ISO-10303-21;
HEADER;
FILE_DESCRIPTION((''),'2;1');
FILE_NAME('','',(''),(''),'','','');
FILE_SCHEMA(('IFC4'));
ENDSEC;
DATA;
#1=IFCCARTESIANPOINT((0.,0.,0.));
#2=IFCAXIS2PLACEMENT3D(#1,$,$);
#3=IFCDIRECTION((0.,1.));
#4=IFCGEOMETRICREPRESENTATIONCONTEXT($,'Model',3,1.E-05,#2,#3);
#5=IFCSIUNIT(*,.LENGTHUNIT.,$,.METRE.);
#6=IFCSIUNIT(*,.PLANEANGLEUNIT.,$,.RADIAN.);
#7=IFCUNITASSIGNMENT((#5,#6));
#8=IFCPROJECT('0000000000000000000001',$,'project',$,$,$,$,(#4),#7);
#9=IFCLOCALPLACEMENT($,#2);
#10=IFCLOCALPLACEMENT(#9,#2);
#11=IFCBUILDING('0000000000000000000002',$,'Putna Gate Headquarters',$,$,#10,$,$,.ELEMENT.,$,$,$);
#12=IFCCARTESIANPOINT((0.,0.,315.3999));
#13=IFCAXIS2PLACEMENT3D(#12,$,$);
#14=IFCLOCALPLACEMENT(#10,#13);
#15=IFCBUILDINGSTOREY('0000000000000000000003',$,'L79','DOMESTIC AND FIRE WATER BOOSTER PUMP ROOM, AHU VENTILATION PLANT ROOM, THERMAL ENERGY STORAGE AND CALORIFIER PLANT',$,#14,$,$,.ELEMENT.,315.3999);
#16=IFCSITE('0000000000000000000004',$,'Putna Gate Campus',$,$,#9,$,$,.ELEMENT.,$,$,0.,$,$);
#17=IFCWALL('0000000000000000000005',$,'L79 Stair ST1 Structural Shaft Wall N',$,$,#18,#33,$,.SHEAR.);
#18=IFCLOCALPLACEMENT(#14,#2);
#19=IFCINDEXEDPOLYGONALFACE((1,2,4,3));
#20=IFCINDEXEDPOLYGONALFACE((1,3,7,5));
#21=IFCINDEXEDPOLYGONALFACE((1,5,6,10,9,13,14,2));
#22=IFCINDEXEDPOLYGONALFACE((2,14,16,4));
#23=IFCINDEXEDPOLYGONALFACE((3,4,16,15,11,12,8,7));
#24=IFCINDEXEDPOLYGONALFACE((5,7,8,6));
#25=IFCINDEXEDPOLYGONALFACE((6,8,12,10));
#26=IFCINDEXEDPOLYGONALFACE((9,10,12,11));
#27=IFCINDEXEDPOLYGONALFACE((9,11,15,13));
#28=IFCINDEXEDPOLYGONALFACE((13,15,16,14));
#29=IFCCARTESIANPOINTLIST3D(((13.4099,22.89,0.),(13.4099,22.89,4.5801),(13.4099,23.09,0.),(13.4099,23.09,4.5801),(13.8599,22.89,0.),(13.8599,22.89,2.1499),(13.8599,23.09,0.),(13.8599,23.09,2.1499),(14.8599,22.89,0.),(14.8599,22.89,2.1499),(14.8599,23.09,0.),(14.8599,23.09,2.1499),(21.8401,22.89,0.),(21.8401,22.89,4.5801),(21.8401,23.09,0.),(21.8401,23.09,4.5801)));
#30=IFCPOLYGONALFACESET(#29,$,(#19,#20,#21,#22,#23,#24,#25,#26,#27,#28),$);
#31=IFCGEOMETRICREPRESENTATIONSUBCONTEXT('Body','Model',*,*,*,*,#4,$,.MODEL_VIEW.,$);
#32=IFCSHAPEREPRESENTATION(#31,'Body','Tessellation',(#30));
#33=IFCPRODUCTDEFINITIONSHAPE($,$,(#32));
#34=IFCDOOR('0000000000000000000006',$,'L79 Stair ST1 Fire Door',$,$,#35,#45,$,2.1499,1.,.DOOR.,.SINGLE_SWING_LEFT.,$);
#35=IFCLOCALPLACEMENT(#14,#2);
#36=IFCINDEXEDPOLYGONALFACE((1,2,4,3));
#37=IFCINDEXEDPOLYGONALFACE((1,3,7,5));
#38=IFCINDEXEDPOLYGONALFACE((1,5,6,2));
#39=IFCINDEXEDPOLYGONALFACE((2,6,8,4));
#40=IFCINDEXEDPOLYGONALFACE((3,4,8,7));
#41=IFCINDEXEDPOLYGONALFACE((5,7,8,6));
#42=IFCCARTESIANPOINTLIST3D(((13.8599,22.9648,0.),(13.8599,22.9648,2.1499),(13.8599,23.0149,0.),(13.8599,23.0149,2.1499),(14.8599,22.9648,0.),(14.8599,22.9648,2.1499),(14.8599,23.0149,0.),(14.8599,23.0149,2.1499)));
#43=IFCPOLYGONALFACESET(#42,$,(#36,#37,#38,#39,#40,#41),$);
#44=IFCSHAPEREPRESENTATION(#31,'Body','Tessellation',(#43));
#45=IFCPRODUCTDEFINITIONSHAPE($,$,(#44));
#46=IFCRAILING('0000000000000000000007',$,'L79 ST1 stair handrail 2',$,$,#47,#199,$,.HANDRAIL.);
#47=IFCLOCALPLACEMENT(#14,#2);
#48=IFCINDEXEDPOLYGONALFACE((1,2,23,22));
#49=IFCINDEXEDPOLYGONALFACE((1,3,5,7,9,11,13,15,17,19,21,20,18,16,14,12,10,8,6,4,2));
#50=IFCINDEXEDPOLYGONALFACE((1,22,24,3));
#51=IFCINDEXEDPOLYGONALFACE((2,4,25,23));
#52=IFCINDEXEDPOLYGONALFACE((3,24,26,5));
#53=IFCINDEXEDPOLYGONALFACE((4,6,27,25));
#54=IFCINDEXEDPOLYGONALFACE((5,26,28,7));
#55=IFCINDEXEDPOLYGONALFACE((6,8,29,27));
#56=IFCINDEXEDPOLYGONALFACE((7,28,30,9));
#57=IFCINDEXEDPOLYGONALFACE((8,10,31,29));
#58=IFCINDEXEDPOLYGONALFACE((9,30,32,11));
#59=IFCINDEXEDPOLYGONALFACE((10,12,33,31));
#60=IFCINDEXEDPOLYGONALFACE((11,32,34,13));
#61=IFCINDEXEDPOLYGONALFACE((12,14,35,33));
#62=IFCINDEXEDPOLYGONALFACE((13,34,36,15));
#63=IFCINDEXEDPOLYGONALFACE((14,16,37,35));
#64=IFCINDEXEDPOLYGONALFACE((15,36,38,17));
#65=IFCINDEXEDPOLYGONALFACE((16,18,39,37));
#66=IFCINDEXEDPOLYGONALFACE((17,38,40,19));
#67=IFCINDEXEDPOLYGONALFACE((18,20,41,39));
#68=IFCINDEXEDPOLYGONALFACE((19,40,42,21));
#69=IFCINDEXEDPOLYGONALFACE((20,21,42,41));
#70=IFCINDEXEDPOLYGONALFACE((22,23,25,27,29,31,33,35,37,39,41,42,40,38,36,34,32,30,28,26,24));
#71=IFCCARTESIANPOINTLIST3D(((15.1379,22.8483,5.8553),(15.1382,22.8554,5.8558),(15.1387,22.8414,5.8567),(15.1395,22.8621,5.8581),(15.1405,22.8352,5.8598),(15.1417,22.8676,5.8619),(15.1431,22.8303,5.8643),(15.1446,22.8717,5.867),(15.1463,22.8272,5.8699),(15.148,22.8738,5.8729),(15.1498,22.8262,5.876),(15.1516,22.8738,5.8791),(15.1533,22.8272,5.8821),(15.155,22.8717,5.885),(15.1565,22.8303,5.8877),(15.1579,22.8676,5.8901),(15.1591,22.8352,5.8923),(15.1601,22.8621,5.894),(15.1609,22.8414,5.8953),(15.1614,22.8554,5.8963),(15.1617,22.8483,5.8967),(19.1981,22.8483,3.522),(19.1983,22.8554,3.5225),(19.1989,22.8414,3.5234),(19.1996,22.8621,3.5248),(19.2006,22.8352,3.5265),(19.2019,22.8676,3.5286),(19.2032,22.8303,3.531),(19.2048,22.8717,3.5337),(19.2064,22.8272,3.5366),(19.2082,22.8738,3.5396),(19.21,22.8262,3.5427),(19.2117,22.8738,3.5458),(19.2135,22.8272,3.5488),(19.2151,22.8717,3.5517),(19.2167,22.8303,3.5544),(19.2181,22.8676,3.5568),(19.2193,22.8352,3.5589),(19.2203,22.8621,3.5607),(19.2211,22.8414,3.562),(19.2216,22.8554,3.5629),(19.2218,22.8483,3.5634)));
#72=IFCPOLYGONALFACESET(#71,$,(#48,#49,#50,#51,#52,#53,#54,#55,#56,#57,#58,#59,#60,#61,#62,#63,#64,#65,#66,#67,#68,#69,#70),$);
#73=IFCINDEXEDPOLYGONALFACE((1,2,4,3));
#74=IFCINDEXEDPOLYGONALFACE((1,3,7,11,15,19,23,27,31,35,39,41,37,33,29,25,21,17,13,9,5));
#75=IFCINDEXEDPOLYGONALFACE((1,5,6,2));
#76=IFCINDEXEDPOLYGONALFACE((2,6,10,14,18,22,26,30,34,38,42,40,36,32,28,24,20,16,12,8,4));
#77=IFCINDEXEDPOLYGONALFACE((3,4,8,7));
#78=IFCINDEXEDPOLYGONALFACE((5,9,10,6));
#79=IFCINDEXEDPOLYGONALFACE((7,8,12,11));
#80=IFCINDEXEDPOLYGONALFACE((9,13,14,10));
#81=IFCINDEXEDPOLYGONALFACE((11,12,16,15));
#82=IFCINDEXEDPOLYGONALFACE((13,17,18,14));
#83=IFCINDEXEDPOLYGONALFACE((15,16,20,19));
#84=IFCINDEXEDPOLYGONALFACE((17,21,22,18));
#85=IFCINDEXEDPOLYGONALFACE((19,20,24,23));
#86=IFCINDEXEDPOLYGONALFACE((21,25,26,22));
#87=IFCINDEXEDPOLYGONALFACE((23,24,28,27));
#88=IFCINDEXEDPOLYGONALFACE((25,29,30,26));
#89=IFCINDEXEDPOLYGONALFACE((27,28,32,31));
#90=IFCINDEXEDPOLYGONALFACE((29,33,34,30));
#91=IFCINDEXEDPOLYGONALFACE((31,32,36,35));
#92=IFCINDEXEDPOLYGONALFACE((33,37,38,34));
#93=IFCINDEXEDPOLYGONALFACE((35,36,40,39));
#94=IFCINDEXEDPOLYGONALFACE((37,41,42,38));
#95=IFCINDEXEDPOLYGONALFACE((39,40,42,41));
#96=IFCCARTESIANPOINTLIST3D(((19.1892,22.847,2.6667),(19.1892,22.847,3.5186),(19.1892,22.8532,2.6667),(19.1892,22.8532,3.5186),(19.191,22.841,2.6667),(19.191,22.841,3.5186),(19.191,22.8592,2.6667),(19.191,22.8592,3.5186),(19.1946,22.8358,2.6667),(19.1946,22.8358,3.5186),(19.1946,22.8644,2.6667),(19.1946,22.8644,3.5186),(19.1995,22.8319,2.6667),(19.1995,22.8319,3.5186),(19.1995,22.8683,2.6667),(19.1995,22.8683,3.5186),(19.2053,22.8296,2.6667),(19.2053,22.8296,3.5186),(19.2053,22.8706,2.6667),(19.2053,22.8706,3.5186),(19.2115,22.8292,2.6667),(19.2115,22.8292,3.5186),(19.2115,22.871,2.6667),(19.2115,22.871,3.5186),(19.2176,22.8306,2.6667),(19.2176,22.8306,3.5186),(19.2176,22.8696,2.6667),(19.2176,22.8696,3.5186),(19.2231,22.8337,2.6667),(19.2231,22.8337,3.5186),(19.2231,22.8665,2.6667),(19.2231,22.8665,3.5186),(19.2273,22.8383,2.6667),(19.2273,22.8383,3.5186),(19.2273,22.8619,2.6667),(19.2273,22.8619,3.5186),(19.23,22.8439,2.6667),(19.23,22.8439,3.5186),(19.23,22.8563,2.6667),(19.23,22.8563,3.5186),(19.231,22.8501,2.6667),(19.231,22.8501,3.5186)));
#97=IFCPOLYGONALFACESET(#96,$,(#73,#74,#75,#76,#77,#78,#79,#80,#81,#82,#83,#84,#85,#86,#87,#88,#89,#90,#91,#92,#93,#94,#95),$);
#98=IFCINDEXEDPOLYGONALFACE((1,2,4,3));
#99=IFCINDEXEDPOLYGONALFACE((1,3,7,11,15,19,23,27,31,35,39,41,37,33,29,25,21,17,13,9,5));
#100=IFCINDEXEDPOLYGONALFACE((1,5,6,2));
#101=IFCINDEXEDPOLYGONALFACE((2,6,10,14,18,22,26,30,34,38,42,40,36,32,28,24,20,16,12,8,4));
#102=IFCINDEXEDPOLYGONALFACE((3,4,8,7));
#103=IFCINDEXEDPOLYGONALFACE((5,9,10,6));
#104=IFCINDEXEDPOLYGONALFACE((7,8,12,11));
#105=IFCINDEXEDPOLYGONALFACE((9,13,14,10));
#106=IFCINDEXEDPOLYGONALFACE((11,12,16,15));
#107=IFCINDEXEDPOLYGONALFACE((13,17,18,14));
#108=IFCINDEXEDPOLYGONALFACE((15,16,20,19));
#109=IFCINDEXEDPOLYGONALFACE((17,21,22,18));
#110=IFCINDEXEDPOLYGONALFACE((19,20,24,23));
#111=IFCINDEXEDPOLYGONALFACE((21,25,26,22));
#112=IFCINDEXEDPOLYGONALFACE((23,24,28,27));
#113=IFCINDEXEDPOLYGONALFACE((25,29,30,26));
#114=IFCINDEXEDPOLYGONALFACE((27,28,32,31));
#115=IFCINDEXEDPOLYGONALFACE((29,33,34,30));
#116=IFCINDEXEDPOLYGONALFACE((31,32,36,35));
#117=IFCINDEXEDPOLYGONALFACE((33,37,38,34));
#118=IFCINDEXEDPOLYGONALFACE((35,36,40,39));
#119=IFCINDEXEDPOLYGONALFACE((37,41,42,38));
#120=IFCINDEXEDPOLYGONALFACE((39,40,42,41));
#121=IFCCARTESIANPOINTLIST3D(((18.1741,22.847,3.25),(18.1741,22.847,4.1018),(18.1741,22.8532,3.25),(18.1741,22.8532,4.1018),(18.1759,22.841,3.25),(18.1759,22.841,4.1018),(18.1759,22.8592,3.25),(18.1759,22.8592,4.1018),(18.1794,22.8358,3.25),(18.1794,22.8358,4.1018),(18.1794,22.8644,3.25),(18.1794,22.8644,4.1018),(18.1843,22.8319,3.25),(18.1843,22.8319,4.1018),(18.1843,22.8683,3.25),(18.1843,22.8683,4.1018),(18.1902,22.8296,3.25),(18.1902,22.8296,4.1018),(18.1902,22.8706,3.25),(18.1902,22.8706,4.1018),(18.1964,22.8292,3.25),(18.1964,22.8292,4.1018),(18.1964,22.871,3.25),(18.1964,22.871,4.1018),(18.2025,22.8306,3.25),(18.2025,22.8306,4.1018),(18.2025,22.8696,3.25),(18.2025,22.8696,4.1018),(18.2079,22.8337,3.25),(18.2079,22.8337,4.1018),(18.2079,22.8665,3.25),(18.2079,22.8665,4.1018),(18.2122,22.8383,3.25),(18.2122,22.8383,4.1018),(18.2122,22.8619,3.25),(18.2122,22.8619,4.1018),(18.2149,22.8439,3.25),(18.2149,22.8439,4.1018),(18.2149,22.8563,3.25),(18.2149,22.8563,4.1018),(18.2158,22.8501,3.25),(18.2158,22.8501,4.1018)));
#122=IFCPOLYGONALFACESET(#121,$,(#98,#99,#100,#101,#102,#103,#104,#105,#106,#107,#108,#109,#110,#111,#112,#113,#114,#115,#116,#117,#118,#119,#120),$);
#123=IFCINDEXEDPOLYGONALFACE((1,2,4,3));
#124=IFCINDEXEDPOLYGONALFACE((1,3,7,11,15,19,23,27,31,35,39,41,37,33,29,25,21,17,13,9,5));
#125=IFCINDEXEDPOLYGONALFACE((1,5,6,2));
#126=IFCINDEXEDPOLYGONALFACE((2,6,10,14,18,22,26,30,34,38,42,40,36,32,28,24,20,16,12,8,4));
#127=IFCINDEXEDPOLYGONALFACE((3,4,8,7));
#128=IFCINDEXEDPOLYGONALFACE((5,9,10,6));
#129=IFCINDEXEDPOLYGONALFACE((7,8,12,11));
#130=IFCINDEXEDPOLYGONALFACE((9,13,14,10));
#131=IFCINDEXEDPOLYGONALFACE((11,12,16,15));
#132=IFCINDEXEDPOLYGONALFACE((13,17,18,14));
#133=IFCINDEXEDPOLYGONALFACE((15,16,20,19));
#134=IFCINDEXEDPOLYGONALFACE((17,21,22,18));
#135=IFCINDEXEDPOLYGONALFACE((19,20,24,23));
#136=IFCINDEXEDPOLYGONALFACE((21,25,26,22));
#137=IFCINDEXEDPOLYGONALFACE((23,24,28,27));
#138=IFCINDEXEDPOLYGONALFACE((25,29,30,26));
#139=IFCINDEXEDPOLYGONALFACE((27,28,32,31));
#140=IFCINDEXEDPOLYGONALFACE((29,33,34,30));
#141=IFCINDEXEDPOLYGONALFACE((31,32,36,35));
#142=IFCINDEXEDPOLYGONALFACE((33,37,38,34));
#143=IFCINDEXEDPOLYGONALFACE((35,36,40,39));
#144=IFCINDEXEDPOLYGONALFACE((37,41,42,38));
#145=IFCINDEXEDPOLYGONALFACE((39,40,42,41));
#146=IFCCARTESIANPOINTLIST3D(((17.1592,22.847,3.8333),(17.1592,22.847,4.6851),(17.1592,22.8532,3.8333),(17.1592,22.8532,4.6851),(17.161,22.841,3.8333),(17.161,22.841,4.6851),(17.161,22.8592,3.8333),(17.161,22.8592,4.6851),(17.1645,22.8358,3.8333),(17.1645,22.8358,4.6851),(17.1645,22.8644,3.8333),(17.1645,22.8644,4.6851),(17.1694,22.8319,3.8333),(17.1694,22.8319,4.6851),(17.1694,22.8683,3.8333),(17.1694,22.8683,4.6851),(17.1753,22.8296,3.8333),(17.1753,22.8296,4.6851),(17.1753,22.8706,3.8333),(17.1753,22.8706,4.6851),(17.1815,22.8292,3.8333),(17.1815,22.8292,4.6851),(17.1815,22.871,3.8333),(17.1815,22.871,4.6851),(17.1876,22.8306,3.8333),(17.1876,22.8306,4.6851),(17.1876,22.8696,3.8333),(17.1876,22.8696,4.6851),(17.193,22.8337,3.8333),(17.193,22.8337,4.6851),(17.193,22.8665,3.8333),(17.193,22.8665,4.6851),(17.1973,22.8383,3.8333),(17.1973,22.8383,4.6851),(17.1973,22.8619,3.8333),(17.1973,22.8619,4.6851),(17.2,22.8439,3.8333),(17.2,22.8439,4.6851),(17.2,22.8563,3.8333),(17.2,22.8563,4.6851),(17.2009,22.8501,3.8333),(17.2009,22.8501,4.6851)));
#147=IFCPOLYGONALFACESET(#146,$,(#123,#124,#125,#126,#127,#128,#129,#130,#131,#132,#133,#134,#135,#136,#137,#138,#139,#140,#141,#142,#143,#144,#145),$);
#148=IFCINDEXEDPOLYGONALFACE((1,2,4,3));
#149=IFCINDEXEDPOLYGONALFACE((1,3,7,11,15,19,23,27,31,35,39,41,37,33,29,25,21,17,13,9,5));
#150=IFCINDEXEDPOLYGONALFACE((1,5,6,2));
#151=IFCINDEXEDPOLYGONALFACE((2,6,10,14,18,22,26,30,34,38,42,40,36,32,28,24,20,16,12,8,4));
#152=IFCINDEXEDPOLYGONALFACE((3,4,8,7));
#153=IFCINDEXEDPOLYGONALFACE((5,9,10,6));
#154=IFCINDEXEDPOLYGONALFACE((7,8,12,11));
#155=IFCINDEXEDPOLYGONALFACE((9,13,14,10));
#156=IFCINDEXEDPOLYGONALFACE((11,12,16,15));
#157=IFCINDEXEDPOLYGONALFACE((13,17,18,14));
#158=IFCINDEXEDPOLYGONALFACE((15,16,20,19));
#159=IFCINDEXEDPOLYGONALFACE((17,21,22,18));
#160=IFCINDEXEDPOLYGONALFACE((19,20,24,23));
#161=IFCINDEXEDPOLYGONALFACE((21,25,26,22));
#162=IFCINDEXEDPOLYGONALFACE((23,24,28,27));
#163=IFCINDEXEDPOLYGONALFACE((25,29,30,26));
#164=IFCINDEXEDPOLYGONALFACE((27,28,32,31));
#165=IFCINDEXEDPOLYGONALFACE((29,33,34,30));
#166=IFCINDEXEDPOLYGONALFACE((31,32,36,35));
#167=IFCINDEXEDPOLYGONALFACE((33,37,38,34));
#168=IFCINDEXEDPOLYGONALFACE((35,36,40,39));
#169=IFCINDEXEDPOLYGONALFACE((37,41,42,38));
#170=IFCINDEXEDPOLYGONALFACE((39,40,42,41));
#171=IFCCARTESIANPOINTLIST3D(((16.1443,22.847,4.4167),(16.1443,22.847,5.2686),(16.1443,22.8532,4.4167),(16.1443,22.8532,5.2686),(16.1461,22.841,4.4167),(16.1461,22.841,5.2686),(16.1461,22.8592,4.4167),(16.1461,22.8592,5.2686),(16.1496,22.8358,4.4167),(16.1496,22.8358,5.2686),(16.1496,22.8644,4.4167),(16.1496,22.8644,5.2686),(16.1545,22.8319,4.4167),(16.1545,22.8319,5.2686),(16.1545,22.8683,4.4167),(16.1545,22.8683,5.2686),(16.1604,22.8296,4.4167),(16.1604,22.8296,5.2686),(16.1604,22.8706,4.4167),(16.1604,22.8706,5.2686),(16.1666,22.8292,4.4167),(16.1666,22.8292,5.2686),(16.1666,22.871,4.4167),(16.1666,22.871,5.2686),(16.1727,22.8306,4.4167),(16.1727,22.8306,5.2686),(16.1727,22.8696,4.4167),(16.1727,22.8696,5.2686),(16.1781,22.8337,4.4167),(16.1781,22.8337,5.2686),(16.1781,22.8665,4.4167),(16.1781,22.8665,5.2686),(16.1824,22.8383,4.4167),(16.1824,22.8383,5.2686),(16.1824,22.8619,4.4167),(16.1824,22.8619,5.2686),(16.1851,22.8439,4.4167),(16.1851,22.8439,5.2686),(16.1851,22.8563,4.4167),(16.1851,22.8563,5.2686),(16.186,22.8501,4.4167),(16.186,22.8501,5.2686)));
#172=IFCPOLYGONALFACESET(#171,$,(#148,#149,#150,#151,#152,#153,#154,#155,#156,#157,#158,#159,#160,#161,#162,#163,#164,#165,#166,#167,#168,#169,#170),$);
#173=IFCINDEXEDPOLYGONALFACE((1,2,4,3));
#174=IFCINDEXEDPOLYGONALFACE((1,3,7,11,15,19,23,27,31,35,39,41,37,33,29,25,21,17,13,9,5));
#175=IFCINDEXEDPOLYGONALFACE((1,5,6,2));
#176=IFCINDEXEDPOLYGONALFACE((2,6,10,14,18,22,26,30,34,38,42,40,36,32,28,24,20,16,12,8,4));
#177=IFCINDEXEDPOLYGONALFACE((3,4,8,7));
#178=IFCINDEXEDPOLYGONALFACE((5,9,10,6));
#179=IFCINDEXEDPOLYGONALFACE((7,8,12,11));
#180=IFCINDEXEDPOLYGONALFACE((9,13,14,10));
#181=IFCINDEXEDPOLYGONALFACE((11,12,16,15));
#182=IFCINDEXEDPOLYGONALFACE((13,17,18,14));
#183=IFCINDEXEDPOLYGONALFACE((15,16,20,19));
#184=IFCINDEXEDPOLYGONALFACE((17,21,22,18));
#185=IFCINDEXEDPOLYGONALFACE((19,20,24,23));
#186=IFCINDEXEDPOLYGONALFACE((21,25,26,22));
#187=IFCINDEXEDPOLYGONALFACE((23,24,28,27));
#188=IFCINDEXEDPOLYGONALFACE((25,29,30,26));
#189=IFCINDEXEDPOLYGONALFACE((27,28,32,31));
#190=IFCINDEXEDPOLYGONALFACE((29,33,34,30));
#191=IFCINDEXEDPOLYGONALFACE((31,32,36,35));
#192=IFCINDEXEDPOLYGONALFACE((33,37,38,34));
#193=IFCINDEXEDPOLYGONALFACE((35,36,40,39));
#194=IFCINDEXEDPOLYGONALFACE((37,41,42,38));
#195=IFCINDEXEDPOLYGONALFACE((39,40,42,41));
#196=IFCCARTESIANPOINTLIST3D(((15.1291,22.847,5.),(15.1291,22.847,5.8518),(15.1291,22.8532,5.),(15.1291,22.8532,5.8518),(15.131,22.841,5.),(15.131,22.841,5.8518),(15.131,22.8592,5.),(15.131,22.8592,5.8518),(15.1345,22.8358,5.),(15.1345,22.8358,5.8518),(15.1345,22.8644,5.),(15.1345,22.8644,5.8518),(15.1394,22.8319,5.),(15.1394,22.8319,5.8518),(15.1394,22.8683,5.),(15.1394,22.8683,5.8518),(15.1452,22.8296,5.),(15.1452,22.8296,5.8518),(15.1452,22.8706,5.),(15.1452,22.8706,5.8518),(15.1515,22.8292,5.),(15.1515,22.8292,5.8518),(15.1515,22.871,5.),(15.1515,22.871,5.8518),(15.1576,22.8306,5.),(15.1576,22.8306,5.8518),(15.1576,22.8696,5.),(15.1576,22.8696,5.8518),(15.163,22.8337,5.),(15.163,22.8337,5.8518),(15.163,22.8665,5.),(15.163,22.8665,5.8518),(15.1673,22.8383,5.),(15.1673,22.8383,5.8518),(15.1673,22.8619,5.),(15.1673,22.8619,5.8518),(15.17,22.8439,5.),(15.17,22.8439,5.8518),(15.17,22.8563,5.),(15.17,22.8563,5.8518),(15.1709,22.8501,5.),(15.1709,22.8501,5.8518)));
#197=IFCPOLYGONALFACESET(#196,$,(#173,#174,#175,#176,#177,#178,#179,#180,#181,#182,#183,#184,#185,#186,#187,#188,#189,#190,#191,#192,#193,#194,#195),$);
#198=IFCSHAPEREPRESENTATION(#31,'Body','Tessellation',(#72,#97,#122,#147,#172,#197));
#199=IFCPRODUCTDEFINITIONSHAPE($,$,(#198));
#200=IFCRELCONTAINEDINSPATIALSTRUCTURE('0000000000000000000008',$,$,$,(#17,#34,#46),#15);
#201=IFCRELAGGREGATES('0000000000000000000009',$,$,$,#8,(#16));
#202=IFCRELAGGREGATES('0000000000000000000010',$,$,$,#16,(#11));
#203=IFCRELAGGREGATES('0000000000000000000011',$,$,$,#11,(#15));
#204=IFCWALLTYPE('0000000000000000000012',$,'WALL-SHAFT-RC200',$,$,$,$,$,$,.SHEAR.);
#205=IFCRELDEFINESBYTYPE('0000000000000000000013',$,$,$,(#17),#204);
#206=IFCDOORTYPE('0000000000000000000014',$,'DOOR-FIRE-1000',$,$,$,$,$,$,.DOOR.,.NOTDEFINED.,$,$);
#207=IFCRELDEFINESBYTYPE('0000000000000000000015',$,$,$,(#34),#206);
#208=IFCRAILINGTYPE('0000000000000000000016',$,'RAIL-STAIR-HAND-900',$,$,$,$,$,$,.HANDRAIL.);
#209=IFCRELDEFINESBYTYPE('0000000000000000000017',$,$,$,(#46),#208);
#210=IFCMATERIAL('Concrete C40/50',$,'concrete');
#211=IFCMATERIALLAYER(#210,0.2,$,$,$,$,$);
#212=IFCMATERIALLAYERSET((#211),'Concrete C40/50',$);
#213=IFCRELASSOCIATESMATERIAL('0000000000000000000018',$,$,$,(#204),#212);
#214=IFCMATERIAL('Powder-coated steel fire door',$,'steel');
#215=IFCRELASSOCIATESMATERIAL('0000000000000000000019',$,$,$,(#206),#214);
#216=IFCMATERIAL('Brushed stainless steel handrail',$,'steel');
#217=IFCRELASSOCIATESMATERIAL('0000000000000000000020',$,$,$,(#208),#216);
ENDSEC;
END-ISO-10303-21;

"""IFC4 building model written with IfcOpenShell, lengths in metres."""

from ifc_helpers import new_model, si_unit, direction, frame, frame_2d, origin, origin_2d, place, context, subcontext, project, spatial, rectangle, circle, extrude, material, layer, layer_set, type_object, element, fill, save


model = new_model("IFC4")

# Units and contexts
model_context = context("Model", 3, precision=1e-05, world=origin(), true_north=direction((0.0, 1.0)))
body_context = subcontext(model_context, "Body", "Model", "MODEL_VIEW")
ifc_project = project(units=[si_unit("LENGTHUNIT", "METRE"), si_unit("PLANEANGLEUNIT", "RADIAN")], contexts=[model_context])

# Site, building, storey
site_placement = place(None, origin())
site = spatial("IfcSite", under=ifc_project, at=site_placement, Name="Putna Gate Campus", CompositionType="ELEMENT", RefElevation=0.0)
building_placement = place(site_placement, origin())
building = spatial("IfcBuilding", under=site, at=building_placement, Name="Putna Gate Headquarters", CompositionType="ELEMENT")
storey_placement = place(building_placement, frame((0.0, 0.0, 315.3999)))
storey = spatial("IfcBuildingStorey", under=building, at=storey_placement, Name="L79", Description="DOMESTIC AND FIRE WATER BOOSTER PUMP ROOM, AHU VENTILATION PLANT ROOM, THERMAL ENERGY STORAGE AND CALORIFIER PLANT", CompositionType="ELEMENT", Elevation=315.3999)

# Shared definitions
ifc_material_1 = material(Name="Concrete C40/50", Category="concrete")

# Wall, opening, door
ifc_layer_1 = layer(ifc_material_1, 0.2)
ifc_layer_set_1 = layer_set([ifc_layer_1], Name="Concrete C40/50")
wall_type_1 = type_object("IfcWallType", Name="WALL-SHAFT-RC200", PredefinedType="SHEAR", material=ifc_layer_set_1)
wall_1_placement = place(storey_placement, frame((13.4099, 22.99, 0.0), z_axis=(0.0, 0.0, 1.0), x_axis=(1.0, 0.0, 0.0)))
wall_1 = element("IfcWall", 1, at=wall_1_placement, inside=storey, type_object=wall_type_1, Name="L79 Stair ST1 Structural Shaft Wall N", PredefinedType="SHEAR", context=body_context, shape_type="SweptSolid", body=[
    extrude(rectangle(XDim=8.4302, YDim=0.2, at=frame_2d((4.2151, 0.0))), origin(), (0.0, 0.0, 1.0), 4.5801),
])
opening_1_placement = place(wall_1_placement, frame((0.45, 0.0, 0.0)))
opening_1 = element("IfcOpeningElement", 2, at=opening_1_placement, cuts=wall_1, PredefinedType="OPENING", context=body_context, shape_type="SweptSolid", body=[
    extrude(rectangle(XDim=1.0, YDim=2.1499, at=frame_2d((0.5, 1.075))), frame((0.0, 0.1099, 0.0), z_axis=(0.0, -1.0, 0.0), x_axis=(1.0, 0.0, 0.0)), (0.0, 0.0, 1.0), 0.22),
])
ifc_material_2 = material(Name="Powder-coated steel fire door", Category="steel")
door_type_1 = type_object("IfcDoorType", Name="DOOR-FIRE-1000", OperationType="NOTDEFINED", PredefinedType="DOOR", material=ifc_material_2)
door_1_placement = place(opening_1_placement, origin())
door_1 = element("IfcDoor", 3, at=door_1_placement, inside=storey, type_object=door_type_1, Name="L79 Stair ST1 Fire Door", OperationType="SINGLE_SWING_LEFT", OverallHeight=2.1499, OverallWidth=1.0, PredefinedType="DOOR", context=body_context, shape_type="SweptSolid", body=[
    extrude(rectangle(XDim=1.0, YDim=2.1499, at=frame_2d((0.5, 1.075))), frame((0.0, 0.0249, 0.0), z_axis=(0.0, -1.0, 0.0), x_axis=(1.0, 0.0, 0.0)), (0.0, 0.0, 1.0), 0.05),
])
fill(opening_1, door_1)

# Railing
ifc_material_3 = material(Name="Brushed stainless steel handrail", Category="steel")
railing_type = type_object("IfcRailingType", Name="RAIL-STAIR-HAND-900", PredefinedType="HANDRAIL", material=ifc_material_3)
railing_placement = place(storey_placement, frame((19.21, 22.8501, 2.6667)))
element("IfcRailing", 4, at=railing_placement, inside=storey, type_object=railing_type, Name="L79 ST1 stair handrail 2", PredefinedType="HANDRAIL", context=body_context, shape_type="SweptSolid", body=[
    extrude(circle(Radius=0.0239, at=origin_2d()), frame((0.0, 0.0, 0.876), z_axis=(-0.867025, 0.0, 0.498265), x_axis=(0.0, -1.0, 0.0)), (0.0, 0.0, 1.0), 4.6829),
    extrude(circle(Radius=0.021, at=origin_2d()), origin(), (0.0, 0.0, 1.0), 0.8518),
    extrude(circle(Radius=0.021, at=origin_2d()), frame((-1.0151, 0.0, 0.5833)), (0.0, 0.0, 1.0), 0.8518),
    extrude(circle(Radius=0.021, at=origin_2d()), frame((-2.03, 0.0, 1.1665)), (0.0, 0.0, 1.0), 0.8518),
    extrude(circle(Radius=0.021, at=origin_2d()), frame((-3.0449, 0.0, 1.75)), (0.0, 0.0, 1.0), 0.8518),
    extrude(circle(Radius=0.021, at=origin_2d()), frame((-4.0601, 0.0, 2.3333)), (0.0, 0.0, 1.0), 0.8518),
])

save(model, "model.ifc")
